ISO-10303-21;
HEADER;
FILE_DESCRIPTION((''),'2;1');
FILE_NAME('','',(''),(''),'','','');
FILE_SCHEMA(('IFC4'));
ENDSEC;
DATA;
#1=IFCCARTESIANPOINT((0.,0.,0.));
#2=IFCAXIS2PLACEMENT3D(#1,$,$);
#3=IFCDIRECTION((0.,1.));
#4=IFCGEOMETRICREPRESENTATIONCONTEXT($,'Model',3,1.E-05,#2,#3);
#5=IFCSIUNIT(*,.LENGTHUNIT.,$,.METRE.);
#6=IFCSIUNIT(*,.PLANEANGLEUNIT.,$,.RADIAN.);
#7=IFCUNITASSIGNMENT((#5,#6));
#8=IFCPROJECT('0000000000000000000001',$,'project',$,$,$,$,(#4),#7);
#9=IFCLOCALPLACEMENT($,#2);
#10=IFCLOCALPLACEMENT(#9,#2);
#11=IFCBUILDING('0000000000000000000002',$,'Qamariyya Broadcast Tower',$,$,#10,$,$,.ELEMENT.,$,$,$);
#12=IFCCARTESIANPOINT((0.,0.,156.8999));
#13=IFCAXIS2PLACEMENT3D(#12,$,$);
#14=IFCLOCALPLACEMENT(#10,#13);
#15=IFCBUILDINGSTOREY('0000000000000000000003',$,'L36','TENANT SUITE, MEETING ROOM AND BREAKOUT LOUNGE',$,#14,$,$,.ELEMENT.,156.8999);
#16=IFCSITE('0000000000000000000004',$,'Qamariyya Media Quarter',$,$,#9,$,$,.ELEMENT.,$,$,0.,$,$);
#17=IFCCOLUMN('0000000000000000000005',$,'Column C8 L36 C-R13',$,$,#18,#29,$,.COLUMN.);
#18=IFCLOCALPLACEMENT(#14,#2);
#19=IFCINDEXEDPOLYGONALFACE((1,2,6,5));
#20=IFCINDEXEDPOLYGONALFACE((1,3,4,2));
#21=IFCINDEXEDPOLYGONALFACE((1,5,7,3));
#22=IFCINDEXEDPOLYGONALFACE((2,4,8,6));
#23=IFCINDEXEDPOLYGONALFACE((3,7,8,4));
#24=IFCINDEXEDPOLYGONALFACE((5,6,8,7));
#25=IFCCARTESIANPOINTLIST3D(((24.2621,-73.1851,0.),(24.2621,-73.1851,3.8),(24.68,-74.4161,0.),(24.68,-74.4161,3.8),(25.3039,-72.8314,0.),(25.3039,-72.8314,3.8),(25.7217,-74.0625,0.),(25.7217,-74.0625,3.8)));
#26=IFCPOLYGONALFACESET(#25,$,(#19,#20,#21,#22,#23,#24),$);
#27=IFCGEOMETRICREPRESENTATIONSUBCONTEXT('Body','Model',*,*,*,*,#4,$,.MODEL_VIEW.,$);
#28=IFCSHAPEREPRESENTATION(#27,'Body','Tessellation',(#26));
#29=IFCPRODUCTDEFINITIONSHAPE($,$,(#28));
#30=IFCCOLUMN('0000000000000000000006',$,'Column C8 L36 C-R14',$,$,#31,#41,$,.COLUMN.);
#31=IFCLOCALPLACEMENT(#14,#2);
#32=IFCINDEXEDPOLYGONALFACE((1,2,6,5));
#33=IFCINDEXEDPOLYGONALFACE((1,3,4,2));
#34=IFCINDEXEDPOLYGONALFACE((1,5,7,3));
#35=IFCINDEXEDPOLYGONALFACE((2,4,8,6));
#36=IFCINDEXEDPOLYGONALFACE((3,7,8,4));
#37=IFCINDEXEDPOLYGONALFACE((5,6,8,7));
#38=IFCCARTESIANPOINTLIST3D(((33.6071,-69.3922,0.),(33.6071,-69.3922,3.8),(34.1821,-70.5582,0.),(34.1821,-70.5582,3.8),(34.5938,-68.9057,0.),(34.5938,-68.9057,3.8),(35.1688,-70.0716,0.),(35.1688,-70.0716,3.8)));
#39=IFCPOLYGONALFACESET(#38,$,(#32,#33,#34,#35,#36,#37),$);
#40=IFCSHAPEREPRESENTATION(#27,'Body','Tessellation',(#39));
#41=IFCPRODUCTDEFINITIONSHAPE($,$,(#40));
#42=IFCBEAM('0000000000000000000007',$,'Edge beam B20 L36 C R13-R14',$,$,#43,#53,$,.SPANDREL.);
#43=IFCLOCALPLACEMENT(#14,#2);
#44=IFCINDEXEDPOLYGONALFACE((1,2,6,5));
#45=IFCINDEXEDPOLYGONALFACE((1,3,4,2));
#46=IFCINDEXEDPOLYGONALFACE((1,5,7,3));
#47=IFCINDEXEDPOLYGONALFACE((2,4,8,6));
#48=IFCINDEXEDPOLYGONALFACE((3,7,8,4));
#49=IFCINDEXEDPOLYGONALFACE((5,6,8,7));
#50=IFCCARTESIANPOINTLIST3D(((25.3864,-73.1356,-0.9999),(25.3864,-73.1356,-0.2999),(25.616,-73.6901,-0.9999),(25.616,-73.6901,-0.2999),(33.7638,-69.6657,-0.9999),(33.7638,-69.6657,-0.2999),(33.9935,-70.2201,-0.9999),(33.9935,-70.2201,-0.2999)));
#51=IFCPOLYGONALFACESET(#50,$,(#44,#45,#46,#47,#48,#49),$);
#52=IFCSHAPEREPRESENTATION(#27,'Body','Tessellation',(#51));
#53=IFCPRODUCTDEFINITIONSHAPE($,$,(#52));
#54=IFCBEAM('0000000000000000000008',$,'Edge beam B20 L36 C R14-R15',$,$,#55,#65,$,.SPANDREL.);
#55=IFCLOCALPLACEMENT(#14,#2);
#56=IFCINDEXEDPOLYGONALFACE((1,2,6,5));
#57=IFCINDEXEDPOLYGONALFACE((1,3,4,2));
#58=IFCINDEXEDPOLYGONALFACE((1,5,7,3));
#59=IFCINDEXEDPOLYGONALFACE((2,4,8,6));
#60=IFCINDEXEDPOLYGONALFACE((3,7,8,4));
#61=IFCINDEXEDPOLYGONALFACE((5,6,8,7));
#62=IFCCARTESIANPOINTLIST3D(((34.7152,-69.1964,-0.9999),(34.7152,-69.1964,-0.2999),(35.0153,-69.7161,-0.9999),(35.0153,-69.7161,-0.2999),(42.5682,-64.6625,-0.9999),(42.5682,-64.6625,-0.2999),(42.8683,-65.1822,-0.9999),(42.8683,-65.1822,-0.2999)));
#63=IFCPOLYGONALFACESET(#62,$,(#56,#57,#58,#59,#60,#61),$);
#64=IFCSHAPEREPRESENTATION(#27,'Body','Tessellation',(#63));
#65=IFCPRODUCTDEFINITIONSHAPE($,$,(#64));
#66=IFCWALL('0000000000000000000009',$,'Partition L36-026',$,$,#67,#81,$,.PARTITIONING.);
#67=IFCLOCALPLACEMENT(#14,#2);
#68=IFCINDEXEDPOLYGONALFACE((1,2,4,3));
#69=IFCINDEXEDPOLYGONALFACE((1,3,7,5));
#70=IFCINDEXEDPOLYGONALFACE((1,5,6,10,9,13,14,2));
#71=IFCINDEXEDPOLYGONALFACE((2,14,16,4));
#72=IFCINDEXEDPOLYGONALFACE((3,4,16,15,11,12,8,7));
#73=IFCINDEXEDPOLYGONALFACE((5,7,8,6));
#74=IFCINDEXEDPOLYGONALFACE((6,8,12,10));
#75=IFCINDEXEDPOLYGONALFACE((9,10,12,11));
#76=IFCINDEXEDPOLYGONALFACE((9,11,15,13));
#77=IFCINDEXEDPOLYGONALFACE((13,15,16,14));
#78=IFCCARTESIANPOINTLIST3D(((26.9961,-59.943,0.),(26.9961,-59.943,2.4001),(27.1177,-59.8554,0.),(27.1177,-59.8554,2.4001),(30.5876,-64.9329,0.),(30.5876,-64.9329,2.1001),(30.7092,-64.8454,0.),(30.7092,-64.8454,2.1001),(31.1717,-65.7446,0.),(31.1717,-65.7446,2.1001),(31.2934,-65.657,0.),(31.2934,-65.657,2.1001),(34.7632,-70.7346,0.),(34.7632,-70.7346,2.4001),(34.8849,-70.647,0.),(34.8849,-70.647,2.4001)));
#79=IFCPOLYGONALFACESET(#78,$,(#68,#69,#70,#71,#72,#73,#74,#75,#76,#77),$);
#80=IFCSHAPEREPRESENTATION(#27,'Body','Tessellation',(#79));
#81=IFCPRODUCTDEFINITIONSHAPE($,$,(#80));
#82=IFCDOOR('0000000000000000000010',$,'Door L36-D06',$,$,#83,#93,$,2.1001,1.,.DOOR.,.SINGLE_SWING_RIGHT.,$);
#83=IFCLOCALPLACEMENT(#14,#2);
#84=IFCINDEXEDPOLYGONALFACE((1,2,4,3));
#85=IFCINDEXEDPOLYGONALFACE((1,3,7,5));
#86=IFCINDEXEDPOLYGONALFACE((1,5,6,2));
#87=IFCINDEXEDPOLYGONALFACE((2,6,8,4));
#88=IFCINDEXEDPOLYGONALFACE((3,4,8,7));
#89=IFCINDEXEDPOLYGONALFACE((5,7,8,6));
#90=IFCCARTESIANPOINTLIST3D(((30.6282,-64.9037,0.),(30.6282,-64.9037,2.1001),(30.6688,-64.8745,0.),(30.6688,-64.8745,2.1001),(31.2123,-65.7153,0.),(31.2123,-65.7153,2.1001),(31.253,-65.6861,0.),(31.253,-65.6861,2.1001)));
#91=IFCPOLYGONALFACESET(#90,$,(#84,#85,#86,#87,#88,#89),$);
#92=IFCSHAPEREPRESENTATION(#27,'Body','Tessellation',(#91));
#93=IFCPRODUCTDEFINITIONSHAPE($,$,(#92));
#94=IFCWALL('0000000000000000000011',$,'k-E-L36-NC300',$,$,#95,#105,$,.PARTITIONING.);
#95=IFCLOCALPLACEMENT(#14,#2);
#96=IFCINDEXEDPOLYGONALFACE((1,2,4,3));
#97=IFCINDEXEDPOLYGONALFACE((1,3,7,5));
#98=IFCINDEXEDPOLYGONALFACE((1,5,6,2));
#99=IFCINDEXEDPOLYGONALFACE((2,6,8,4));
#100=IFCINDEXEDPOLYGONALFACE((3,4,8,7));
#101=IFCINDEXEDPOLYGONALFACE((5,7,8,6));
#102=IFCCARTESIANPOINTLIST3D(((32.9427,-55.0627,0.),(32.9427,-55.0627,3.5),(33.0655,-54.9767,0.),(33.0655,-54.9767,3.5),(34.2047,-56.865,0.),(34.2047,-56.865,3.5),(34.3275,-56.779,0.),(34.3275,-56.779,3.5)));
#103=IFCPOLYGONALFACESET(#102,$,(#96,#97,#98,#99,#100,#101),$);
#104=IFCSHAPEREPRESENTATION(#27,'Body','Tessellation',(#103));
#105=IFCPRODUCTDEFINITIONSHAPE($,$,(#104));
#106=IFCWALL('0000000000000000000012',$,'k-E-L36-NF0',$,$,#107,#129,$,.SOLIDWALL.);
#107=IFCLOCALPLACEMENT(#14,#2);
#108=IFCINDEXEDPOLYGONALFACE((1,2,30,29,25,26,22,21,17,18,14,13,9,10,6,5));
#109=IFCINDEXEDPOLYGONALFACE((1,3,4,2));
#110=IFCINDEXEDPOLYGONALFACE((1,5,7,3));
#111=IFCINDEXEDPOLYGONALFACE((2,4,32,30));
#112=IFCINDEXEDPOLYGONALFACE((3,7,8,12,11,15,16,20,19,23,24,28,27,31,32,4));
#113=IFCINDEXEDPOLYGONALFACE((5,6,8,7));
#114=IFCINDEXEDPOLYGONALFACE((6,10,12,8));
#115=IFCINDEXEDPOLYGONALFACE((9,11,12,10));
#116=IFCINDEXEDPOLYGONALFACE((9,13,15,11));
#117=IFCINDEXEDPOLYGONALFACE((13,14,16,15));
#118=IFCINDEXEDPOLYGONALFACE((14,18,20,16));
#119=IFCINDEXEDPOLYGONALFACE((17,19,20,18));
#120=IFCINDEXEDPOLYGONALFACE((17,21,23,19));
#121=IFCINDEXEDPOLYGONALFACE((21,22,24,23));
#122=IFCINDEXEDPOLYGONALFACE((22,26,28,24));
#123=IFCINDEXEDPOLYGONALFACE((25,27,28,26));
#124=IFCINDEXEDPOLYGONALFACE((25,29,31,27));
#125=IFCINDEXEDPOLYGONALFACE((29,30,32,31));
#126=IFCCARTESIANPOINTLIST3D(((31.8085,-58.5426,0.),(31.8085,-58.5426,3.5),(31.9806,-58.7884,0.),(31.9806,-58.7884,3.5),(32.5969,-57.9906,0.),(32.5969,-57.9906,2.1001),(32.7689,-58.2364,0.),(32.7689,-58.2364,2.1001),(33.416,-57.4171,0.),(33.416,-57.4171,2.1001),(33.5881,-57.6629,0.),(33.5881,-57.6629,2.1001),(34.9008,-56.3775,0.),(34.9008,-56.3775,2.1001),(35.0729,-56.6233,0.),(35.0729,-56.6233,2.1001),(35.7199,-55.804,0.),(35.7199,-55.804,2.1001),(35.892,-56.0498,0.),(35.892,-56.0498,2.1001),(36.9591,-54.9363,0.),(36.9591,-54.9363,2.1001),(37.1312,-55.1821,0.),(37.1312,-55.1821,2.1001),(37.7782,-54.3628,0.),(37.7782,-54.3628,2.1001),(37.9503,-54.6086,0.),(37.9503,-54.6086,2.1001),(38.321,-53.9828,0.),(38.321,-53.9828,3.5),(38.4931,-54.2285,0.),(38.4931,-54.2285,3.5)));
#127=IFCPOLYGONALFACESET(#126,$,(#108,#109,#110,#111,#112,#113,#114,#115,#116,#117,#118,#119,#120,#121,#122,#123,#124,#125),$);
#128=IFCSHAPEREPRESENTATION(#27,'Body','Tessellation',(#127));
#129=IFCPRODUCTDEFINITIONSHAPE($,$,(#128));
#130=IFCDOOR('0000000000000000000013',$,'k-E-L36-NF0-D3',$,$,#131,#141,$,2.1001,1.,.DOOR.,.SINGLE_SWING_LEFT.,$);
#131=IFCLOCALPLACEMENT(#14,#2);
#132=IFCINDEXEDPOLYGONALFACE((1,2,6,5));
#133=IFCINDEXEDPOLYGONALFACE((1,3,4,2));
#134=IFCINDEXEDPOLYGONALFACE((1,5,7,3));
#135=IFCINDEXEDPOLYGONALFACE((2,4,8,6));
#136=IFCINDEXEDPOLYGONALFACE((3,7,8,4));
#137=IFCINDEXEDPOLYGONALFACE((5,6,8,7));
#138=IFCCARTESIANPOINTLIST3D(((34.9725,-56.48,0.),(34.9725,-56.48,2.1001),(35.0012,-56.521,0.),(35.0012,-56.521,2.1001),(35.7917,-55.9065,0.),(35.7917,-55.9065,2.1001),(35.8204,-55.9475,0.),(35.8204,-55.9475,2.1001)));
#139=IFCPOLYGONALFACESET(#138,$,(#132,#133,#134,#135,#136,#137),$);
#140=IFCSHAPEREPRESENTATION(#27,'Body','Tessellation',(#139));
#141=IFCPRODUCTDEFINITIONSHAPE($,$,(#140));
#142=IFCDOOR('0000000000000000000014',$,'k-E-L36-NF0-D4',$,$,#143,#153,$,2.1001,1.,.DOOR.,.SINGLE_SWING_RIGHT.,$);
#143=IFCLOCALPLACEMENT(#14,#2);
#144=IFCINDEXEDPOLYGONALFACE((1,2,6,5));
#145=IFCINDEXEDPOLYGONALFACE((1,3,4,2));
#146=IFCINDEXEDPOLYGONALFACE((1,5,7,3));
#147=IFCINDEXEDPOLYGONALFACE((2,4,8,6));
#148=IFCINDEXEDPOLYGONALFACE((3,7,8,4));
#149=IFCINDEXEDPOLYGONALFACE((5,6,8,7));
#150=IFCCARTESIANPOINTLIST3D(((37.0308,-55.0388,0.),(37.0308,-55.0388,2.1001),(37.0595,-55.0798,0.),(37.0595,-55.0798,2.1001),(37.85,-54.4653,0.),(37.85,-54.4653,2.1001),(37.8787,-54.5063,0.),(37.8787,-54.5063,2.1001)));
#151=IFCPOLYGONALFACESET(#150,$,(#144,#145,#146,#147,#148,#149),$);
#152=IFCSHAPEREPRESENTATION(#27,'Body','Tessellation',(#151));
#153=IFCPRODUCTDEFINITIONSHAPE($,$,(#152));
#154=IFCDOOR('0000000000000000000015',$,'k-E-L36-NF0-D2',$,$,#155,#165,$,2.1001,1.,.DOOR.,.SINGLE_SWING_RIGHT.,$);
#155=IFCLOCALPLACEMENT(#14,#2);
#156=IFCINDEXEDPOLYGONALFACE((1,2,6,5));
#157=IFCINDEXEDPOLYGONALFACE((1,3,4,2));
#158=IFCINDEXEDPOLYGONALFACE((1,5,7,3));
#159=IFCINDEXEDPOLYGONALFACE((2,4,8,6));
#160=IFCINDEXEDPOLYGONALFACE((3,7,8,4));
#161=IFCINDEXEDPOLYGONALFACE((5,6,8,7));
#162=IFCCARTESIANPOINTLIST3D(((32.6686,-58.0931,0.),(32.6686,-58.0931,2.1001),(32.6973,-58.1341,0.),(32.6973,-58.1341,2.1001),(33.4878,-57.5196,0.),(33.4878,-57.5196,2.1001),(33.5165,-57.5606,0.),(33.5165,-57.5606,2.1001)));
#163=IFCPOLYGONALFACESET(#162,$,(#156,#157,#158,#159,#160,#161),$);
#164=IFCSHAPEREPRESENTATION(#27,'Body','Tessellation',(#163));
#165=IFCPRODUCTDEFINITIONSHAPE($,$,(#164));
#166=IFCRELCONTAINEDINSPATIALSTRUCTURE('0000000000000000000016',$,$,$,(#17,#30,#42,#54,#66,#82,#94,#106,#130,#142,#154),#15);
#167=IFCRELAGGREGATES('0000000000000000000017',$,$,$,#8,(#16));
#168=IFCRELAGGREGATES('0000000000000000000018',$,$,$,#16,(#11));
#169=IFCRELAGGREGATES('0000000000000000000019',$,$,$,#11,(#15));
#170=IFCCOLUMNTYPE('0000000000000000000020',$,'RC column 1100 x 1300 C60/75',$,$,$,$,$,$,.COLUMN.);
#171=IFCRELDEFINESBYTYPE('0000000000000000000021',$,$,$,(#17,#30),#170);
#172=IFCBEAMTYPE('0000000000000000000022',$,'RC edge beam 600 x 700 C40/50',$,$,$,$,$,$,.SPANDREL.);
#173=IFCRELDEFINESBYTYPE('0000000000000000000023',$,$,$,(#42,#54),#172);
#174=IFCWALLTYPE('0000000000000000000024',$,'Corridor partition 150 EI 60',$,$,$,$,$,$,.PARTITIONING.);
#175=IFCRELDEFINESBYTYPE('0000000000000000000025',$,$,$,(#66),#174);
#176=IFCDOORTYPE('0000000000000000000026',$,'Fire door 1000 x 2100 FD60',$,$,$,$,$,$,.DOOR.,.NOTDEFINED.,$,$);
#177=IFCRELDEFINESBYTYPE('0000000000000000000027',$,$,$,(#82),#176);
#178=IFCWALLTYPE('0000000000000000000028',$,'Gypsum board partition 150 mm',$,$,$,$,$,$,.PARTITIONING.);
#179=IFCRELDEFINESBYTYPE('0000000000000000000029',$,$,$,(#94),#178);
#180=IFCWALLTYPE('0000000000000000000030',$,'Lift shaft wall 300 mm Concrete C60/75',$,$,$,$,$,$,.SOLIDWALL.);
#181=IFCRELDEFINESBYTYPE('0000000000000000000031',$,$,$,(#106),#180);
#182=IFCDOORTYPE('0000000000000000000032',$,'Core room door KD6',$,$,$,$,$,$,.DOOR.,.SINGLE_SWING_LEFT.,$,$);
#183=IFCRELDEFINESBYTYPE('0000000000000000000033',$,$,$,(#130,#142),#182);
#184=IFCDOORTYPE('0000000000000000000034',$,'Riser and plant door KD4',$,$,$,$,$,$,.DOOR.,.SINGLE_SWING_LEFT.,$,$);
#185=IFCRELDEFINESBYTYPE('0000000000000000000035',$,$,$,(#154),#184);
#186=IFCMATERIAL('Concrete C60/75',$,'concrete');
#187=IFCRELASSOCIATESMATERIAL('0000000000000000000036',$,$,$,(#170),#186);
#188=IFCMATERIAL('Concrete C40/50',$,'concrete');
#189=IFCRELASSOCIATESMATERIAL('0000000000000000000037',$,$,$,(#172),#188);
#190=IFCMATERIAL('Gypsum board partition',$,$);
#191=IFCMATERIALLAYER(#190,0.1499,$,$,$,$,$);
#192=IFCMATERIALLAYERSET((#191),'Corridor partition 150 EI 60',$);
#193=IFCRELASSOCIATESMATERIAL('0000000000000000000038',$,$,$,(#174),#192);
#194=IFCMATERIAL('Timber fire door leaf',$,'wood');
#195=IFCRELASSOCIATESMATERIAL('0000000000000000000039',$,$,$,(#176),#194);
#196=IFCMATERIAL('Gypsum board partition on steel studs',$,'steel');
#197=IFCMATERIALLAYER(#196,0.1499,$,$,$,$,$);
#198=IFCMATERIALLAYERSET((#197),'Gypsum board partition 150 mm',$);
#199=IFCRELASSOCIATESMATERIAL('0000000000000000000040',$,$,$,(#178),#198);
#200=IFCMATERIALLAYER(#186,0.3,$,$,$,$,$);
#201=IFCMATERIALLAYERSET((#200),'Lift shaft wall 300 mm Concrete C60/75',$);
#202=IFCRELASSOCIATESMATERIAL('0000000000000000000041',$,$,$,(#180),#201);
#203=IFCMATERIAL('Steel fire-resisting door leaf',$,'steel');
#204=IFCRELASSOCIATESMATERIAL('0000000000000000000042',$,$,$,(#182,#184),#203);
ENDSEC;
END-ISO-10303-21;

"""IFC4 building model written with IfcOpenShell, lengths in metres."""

from ifc_helpers import new_model, si_unit, direction, frame, frame_2d, origin, origin_2d, place, context, subcontext, project, spatial, rectangle, extrude, material, layer, layer_set, material_profile, profile_set, type_object, element, fill, save


model = new_model("IFC4")

# Units and contexts
model_context = context("Model", 3, precision=1e-05, world=origin(), true_north=direction((0.0, 1.0)))
body_context = subcontext(model_context, "Body", "Model", "MODEL_VIEW")
ifc_project = project(units=[si_unit("LENGTHUNIT", "METRE"), si_unit("PLANEANGLEUNIT", "RADIAN")], contexts=[model_context])

# Site, building, storey
site_placement = place(None, origin())
site = spatial("IfcSite", under=ifc_project, at=site_placement, Name="Qamariyya Media Quarter", CompositionType="ELEMENT", RefElevation=0.0)
building_placement = place(site_placement, origin())
building = spatial("IfcBuilding", under=site, at=building_placement, Name="Qamariyya Broadcast Tower", CompositionType="ELEMENT")
storey_placement = place(building_placement, frame((0.0, 0.0, 156.8999)))
storey = spatial("IfcBuildingStorey", under=building, at=storey_placement, Name="L36", Description="TENANT SUITE, MEETING ROOM AND BREAKOUT LOUNGE", CompositionType="ELEMENT", Elevation=156.8999)

# Columns
ifc_material_1 = material(Name="Concrete C60/75", Category="concrete")
ifc_material_profile_1 = material_profile(ifc_material_1, rectangle(XDim=1.1001, YDim=1.3, at=origin_2d()))
ifc_profile_set_1 = profile_set([ifc_material_profile_1], Name="Concrete C60/75")
column_type = type_object("IfcColumnType", Name="RC column 1100 x 1300 C60/75", PredefinedType="COLUMN", material=ifc_profile_set_1)
for number, where, z_axis, x_axis, name in (
    (1, (24.9919, -73.6238, 0.0), (0.0, 0.0, 1.0), (0.94693, 0.321439, 0.0), "Column C8 L36 C-R13"),
    (2, (34.3879, -69.7319, 0.0), (0.0, 0.0, 1.0), (0.896873, 0.442289, 0.0), "Column C8 L36 C-R14"),
):
    element("IfcColumn", number, at=place(storey_placement, frame(where, z_axis=z_axis, x_axis=x_axis)), inside=storey, type_object=column_type, Name=name, PredefinedType="COLUMN", context=body_context, shape_type="SweptSolid", body=[
        extrude(rectangle(XDim=1.1001, YDim=1.3, at=origin_2d()), origin(), (0.0, 0.0, 1.0), 3.8),
    ])

# Beams
ifc_material_2 = material(Name="Concrete C40/50", Category="concrete")
ifc_material_profile_2 = material_profile(ifc_material_2, rectangle(XDim=0.6001, YDim=0.7, at=origin_2d()))
ifc_profile_set_2 = profile_set([ifc_material_profile_2], Name="Concrete C40/50")
beam_type = type_object("IfcBeamType", Name="RC edge beam 600 x 700 C40/50", PredefinedType="SPANDREL", material=ifc_profile_set_2)
beam_1_placement = place(storey_placement, frame((25.5012, -73.4128, -0.6499), z_axis=(0.923883, 0.382676, 0.0), x_axis=(-0.382676, 0.923883, 0.0)))
element("IfcBeam", 3, at=beam_1_placement, inside=storey, type_object=beam_type, Name="Edge beam B20 L36 C R13-R14", PredefinedType="SPANDREL", context=body_context, shape_type="SweptSolid", body=[
    extrude(rectangle(XDim=0.6001, YDim=0.7, at=origin_2d()), origin(), (0.0, 0.0, 1.0), 9.0676),
])
beam_2_placement = place(storey_placement, frame((34.8652, -69.4563, -0.6499), z_axis=(0.866026, 0.499999, 0.0), x_axis=(-0.499999, 0.866026, 0.0)))
element("IfcBeam", 4, at=beam_2_placement, inside=storey, type_object=beam_type, Name="Edge beam B20 L36 C R14-R15", PredefinedType="SPANDREL", context=body_context, shape_type="SweptSolid", body=[
    extrude(rectangle(XDim=0.6001, YDim=0.7, at=origin_2d()), origin(), (0.0, 0.0, 1.0), 9.0679),
])

# Wall, opening, door
ifc_material_3 = material(Name="Gypsum board partition")
ifc_layer_1 = layer(ifc_material_3, 0.1499)
ifc_layer_set_1 = layer_set([ifc_layer_1], Name="Corridor partition 150 EI 60")
wall_type_1 = type_object("IfcWallType", Name="Corridor partition 150 EI 60", PredefinedType="PARTITIONING", material=ifc_layer_set_1)
wall_1_placement = place(storey_placement, frame((34.824, -70.6907, 0.0), z_axis=(0.0, 0.0, 1.0), x_axis=(-0.584166, 0.811634, 0.0)))
wall_1 = element("IfcWall", 5, at=wall_1_placement, inside=storey, type_object=wall_type_1, Name="Partition L36-026", PredefinedType="PARTITIONING", context=body_context, shape_type="SweptSolid", body=[
    extrude(rectangle(XDim=13.2961, YDim=0.1499, at=frame_2d((6.6479, 0.0))), origin(), (0.0, 0.0, 1.0), 2.4001),
])
opening_1_placement = place(wall_1_placement, frame((6.1479, 0.0, 0.0)))
opening_1 = element("IfcOpeningElement", 6, at=opening_1_placement, cuts=wall_1, PredefinedType="OPENING", context=body_context, shape_type="SweptSolid", body=[
    extrude(rectangle(XDim=1.0, YDim=2.1001, at=frame_2d((0.5, 1.05))), frame((0.0, 0.085, 0.0), z_axis=(0.0, -1.0, 0.0), x_axis=(1.0, 0.0, 0.0)), (0.0, 0.0, 1.0), 0.1699),
])
ifc_material_4 = material(Name="Timber fire door leaf", Category="wood")
door_type_1 = type_object("IfcDoorType", Name="Fire door 1000 x 2100 FD60", OperationType="NOTDEFINED", PredefinedType="DOOR", material=ifc_material_4)
door_1_placement = place(opening_1_placement, origin())
door_1 = element("IfcDoor", 7, at=door_1_placement, inside=storey, type_object=door_type_1, Name="Door L36-D06", OperationType="SINGLE_SWING_RIGHT", OverallHeight=2.1001, OverallWidth=1.0, PredefinedType="DOOR", context=body_context, shape_type="SweptSolid", body=[
    extrude(rectangle(XDim=1.0, YDim=2.1001, at=frame_2d((0.5, 1.05))), frame((0.0, 0.0249, 0.0), z_axis=(0.0, -1.0, 0.0), x_axis=(1.0, 0.0, 0.0)), (0.0, 0.0, 1.0), 0.05),
])
fill(opening_1, door_1)

# Wall
ifc_material_5 = material(Name="Gypsum board partition on steel studs", Category="steel")
ifc_layer_2 = layer(ifc_material_5, 0.1499)
ifc_layer_set_2 = layer_set([ifc_layer_2], Name="Gypsum board partition 150 mm")
wall_type_2 = type_object("IfcWallType", Name="Gypsum board partition 150 mm", PredefinedType="PARTITIONING", material=ifc_layer_set_2)
wall_2_placement = place(storey_placement, frame((34.2661, -56.822, 0.0), z_axis=(0.0, 0.0, 1.0), x_axis=(-0.573581, 0.819149, 0.0)))
element("IfcWall", 8, at=wall_2_placement, inside=storey, type_object=wall_type_2, Name="k-E-L36-NC300", PredefinedType="PARTITIONING", context=body_context, shape_type="SweptSolid", body=[
    extrude(rectangle(XDim=2.2002, YDim=0.1499, at=frame_2d((1.1001, 0.0))), origin(), (0.0, 0.0, 1.0), 3.5),
])

# Wall, openings, doors
ifc_layer_3 = layer(ifc_material_1, 0.3)
ifc_layer_set_3 = layer_set([ifc_layer_3], Name="Lift shaft wall 300 mm Concrete C60/75")
wall_type_3 = type_object("IfcWallType", Name="Lift shaft wall 300 mm Concrete C60/75", PredefinedType="SOLIDWALL", material=ifc_layer_set_3)
wall_3_placement = place(storey_placement, frame((31.8945, -58.6655, 0.0), z_axis=(0.0, 0.0, 1.0), x_axis=(0.819167, 0.573555, 0.0)))
wall_3 = element("IfcWall", 9, at=wall_3_placement, inside=storey, type_object=wall_type_3, Name="k-E-L36-NF0", PredefinedType="SOLIDWALL", context=body_context, shape_type="SweptSolid", body=[
    extrude(rectangle(XDim=7.9502, YDim=0.3, at=frame_2d((3.9751, 0.0))), origin(), (0.0, 0.0, 1.0), 3.5),
])
opening_2_placement = place(wall_3_placement, frame((0.9624, 0.0, 0.0)))
opening_2 = element("IfcOpeningElement", 10, at=opening_2_placement, cuts=wall_3, PredefinedType="OPENING", context=body_context, shape_type="SweptSolid", body=[
    extrude(rectangle(XDim=1.0, YDim=2.1001, at=frame_2d((0.5, 1.05))), frame((0.0, 0.1599, 0.0), z_axis=(0.0, -1.0, 0.0), x_axis=(1.0, 0.0, 0.0)), (0.0, 0.0, 1.0), 0.3201),
])
opening_3_placement = place(wall_3_placement, frame((3.7749, 0.0, 0.0)))
opening_3 = element("IfcOpeningElement", 11, at=opening_3_placement, cuts=wall_3, PredefinedType="OPENING", context=body_context, shape_type="SweptSolid", body=[
    extrude(rectangle(XDim=1.0, YDim=2.1001, at=frame_2d((0.5, 1.05))), frame((0.0, 0.1599, 0.0), z_axis=(0.0, -1.0, 0.0), x_axis=(1.0, 0.0, 0.0)), (0.0, 0.0, 1.0), 0.3201),
])
opening_4_placement = place(wall_3_placement, frame((6.2876, 0.0, 0.0)))
opening_4 = element("IfcOpeningElement", 12, at=opening_4_placement, cuts=wall_3, PredefinedType="OPENING", context=body_context, shape_type="SweptSolid", body=[
    extrude(rectangle(XDim=1.0, YDim=2.1001, at=frame_2d((0.5, 1.05))), frame((0.0, 0.1599, 0.0), z_axis=(0.0, -1.0, 0.0), x_axis=(1.0, 0.0, 0.0)), (0.0, 0.0, 1.0), 0.3201),
])
ifc_material_6 = material(Name="Steel fire-resisting door leaf", Category="steel")
door_type_2 = type_object("IfcDoorType", Name="Core room door KD6", OperationType="SINGLE_SWING_LEFT", PredefinedType="DOOR", material=ifc_material_6)
door_2_placement = place(opening_3_placement, origin())
door_2 = element("IfcDoor", 13, at=door_2_placement, inside=storey, type_object=door_type_2, Name="k-E-L36-NF0-D3", OperationType="SINGLE_SWING_LEFT", OverallHeight=2.1001, OverallWidth=1.0, PredefinedType="DOOR", context=body_context, shape_type="SweptSolid", body=[
    extrude(rectangle(XDim=1.0, YDim=2.1001, at=frame_2d((0.5, 1.05))), frame((0.0, 0.0249, 0.0), z_axis=(0.0, -1.0, 0.0), x_axis=(1.0, 0.0, 0.0)), (0.0, 0.0, 1.0), 0.05),
])
fill(opening_3, door_2)
door_3_placement = place(opening_4_placement, origin())
door_3 = element("IfcDoor", 14, at=door_3_placement, inside=storey, type_object=door_type_2, Name="k-E-L36-NF0-D4", OperationType="SINGLE_SWING_RIGHT", OverallHeight=2.1001, OverallWidth=1.0, PredefinedType="DOOR", context=body_context, shape_type="SweptSolid", body=[
    extrude(rectangle(XDim=1.0, YDim=2.1001, at=frame_2d((0.5, 1.05))), frame((0.0, 0.0249, 0.0), z_axis=(0.0, -1.0, 0.0), x_axis=(1.0, 0.0, 0.0)), (0.0, 0.0, 1.0), 0.05),
])
fill(opening_4, door_3)
door_type_3 = type_object("IfcDoorType", Name="Riser and plant door KD4", OperationType="SINGLE_SWING_LEFT", PredefinedType="DOOR", material=ifc_material_6)
door_4_placement = place(opening_2_placement, origin())
door_4 = element("IfcDoor", 15, at=door_4_placement, inside=storey, type_object=door_type_3, Name="k-E-L36-NF0-D2", OperationType="SINGLE_SWING_RIGHT", OverallHeight=2.1001, OverallWidth=1.0, PredefinedType="DOOR", context=body_context, shape_type="SweptSolid", body=[
    extrude(rectangle(XDim=1.0, YDim=2.1001, at=frame_2d((0.5, 1.05))), frame((0.0, 0.0249, 0.0), z_axis=(0.0, -1.0, 0.0), x_axis=(1.0, 0.0, 0.0)), (0.0, 0.0, 1.0), 0.05),
])
fill(opening_2, door_4)

save(model, "model.ifc")
